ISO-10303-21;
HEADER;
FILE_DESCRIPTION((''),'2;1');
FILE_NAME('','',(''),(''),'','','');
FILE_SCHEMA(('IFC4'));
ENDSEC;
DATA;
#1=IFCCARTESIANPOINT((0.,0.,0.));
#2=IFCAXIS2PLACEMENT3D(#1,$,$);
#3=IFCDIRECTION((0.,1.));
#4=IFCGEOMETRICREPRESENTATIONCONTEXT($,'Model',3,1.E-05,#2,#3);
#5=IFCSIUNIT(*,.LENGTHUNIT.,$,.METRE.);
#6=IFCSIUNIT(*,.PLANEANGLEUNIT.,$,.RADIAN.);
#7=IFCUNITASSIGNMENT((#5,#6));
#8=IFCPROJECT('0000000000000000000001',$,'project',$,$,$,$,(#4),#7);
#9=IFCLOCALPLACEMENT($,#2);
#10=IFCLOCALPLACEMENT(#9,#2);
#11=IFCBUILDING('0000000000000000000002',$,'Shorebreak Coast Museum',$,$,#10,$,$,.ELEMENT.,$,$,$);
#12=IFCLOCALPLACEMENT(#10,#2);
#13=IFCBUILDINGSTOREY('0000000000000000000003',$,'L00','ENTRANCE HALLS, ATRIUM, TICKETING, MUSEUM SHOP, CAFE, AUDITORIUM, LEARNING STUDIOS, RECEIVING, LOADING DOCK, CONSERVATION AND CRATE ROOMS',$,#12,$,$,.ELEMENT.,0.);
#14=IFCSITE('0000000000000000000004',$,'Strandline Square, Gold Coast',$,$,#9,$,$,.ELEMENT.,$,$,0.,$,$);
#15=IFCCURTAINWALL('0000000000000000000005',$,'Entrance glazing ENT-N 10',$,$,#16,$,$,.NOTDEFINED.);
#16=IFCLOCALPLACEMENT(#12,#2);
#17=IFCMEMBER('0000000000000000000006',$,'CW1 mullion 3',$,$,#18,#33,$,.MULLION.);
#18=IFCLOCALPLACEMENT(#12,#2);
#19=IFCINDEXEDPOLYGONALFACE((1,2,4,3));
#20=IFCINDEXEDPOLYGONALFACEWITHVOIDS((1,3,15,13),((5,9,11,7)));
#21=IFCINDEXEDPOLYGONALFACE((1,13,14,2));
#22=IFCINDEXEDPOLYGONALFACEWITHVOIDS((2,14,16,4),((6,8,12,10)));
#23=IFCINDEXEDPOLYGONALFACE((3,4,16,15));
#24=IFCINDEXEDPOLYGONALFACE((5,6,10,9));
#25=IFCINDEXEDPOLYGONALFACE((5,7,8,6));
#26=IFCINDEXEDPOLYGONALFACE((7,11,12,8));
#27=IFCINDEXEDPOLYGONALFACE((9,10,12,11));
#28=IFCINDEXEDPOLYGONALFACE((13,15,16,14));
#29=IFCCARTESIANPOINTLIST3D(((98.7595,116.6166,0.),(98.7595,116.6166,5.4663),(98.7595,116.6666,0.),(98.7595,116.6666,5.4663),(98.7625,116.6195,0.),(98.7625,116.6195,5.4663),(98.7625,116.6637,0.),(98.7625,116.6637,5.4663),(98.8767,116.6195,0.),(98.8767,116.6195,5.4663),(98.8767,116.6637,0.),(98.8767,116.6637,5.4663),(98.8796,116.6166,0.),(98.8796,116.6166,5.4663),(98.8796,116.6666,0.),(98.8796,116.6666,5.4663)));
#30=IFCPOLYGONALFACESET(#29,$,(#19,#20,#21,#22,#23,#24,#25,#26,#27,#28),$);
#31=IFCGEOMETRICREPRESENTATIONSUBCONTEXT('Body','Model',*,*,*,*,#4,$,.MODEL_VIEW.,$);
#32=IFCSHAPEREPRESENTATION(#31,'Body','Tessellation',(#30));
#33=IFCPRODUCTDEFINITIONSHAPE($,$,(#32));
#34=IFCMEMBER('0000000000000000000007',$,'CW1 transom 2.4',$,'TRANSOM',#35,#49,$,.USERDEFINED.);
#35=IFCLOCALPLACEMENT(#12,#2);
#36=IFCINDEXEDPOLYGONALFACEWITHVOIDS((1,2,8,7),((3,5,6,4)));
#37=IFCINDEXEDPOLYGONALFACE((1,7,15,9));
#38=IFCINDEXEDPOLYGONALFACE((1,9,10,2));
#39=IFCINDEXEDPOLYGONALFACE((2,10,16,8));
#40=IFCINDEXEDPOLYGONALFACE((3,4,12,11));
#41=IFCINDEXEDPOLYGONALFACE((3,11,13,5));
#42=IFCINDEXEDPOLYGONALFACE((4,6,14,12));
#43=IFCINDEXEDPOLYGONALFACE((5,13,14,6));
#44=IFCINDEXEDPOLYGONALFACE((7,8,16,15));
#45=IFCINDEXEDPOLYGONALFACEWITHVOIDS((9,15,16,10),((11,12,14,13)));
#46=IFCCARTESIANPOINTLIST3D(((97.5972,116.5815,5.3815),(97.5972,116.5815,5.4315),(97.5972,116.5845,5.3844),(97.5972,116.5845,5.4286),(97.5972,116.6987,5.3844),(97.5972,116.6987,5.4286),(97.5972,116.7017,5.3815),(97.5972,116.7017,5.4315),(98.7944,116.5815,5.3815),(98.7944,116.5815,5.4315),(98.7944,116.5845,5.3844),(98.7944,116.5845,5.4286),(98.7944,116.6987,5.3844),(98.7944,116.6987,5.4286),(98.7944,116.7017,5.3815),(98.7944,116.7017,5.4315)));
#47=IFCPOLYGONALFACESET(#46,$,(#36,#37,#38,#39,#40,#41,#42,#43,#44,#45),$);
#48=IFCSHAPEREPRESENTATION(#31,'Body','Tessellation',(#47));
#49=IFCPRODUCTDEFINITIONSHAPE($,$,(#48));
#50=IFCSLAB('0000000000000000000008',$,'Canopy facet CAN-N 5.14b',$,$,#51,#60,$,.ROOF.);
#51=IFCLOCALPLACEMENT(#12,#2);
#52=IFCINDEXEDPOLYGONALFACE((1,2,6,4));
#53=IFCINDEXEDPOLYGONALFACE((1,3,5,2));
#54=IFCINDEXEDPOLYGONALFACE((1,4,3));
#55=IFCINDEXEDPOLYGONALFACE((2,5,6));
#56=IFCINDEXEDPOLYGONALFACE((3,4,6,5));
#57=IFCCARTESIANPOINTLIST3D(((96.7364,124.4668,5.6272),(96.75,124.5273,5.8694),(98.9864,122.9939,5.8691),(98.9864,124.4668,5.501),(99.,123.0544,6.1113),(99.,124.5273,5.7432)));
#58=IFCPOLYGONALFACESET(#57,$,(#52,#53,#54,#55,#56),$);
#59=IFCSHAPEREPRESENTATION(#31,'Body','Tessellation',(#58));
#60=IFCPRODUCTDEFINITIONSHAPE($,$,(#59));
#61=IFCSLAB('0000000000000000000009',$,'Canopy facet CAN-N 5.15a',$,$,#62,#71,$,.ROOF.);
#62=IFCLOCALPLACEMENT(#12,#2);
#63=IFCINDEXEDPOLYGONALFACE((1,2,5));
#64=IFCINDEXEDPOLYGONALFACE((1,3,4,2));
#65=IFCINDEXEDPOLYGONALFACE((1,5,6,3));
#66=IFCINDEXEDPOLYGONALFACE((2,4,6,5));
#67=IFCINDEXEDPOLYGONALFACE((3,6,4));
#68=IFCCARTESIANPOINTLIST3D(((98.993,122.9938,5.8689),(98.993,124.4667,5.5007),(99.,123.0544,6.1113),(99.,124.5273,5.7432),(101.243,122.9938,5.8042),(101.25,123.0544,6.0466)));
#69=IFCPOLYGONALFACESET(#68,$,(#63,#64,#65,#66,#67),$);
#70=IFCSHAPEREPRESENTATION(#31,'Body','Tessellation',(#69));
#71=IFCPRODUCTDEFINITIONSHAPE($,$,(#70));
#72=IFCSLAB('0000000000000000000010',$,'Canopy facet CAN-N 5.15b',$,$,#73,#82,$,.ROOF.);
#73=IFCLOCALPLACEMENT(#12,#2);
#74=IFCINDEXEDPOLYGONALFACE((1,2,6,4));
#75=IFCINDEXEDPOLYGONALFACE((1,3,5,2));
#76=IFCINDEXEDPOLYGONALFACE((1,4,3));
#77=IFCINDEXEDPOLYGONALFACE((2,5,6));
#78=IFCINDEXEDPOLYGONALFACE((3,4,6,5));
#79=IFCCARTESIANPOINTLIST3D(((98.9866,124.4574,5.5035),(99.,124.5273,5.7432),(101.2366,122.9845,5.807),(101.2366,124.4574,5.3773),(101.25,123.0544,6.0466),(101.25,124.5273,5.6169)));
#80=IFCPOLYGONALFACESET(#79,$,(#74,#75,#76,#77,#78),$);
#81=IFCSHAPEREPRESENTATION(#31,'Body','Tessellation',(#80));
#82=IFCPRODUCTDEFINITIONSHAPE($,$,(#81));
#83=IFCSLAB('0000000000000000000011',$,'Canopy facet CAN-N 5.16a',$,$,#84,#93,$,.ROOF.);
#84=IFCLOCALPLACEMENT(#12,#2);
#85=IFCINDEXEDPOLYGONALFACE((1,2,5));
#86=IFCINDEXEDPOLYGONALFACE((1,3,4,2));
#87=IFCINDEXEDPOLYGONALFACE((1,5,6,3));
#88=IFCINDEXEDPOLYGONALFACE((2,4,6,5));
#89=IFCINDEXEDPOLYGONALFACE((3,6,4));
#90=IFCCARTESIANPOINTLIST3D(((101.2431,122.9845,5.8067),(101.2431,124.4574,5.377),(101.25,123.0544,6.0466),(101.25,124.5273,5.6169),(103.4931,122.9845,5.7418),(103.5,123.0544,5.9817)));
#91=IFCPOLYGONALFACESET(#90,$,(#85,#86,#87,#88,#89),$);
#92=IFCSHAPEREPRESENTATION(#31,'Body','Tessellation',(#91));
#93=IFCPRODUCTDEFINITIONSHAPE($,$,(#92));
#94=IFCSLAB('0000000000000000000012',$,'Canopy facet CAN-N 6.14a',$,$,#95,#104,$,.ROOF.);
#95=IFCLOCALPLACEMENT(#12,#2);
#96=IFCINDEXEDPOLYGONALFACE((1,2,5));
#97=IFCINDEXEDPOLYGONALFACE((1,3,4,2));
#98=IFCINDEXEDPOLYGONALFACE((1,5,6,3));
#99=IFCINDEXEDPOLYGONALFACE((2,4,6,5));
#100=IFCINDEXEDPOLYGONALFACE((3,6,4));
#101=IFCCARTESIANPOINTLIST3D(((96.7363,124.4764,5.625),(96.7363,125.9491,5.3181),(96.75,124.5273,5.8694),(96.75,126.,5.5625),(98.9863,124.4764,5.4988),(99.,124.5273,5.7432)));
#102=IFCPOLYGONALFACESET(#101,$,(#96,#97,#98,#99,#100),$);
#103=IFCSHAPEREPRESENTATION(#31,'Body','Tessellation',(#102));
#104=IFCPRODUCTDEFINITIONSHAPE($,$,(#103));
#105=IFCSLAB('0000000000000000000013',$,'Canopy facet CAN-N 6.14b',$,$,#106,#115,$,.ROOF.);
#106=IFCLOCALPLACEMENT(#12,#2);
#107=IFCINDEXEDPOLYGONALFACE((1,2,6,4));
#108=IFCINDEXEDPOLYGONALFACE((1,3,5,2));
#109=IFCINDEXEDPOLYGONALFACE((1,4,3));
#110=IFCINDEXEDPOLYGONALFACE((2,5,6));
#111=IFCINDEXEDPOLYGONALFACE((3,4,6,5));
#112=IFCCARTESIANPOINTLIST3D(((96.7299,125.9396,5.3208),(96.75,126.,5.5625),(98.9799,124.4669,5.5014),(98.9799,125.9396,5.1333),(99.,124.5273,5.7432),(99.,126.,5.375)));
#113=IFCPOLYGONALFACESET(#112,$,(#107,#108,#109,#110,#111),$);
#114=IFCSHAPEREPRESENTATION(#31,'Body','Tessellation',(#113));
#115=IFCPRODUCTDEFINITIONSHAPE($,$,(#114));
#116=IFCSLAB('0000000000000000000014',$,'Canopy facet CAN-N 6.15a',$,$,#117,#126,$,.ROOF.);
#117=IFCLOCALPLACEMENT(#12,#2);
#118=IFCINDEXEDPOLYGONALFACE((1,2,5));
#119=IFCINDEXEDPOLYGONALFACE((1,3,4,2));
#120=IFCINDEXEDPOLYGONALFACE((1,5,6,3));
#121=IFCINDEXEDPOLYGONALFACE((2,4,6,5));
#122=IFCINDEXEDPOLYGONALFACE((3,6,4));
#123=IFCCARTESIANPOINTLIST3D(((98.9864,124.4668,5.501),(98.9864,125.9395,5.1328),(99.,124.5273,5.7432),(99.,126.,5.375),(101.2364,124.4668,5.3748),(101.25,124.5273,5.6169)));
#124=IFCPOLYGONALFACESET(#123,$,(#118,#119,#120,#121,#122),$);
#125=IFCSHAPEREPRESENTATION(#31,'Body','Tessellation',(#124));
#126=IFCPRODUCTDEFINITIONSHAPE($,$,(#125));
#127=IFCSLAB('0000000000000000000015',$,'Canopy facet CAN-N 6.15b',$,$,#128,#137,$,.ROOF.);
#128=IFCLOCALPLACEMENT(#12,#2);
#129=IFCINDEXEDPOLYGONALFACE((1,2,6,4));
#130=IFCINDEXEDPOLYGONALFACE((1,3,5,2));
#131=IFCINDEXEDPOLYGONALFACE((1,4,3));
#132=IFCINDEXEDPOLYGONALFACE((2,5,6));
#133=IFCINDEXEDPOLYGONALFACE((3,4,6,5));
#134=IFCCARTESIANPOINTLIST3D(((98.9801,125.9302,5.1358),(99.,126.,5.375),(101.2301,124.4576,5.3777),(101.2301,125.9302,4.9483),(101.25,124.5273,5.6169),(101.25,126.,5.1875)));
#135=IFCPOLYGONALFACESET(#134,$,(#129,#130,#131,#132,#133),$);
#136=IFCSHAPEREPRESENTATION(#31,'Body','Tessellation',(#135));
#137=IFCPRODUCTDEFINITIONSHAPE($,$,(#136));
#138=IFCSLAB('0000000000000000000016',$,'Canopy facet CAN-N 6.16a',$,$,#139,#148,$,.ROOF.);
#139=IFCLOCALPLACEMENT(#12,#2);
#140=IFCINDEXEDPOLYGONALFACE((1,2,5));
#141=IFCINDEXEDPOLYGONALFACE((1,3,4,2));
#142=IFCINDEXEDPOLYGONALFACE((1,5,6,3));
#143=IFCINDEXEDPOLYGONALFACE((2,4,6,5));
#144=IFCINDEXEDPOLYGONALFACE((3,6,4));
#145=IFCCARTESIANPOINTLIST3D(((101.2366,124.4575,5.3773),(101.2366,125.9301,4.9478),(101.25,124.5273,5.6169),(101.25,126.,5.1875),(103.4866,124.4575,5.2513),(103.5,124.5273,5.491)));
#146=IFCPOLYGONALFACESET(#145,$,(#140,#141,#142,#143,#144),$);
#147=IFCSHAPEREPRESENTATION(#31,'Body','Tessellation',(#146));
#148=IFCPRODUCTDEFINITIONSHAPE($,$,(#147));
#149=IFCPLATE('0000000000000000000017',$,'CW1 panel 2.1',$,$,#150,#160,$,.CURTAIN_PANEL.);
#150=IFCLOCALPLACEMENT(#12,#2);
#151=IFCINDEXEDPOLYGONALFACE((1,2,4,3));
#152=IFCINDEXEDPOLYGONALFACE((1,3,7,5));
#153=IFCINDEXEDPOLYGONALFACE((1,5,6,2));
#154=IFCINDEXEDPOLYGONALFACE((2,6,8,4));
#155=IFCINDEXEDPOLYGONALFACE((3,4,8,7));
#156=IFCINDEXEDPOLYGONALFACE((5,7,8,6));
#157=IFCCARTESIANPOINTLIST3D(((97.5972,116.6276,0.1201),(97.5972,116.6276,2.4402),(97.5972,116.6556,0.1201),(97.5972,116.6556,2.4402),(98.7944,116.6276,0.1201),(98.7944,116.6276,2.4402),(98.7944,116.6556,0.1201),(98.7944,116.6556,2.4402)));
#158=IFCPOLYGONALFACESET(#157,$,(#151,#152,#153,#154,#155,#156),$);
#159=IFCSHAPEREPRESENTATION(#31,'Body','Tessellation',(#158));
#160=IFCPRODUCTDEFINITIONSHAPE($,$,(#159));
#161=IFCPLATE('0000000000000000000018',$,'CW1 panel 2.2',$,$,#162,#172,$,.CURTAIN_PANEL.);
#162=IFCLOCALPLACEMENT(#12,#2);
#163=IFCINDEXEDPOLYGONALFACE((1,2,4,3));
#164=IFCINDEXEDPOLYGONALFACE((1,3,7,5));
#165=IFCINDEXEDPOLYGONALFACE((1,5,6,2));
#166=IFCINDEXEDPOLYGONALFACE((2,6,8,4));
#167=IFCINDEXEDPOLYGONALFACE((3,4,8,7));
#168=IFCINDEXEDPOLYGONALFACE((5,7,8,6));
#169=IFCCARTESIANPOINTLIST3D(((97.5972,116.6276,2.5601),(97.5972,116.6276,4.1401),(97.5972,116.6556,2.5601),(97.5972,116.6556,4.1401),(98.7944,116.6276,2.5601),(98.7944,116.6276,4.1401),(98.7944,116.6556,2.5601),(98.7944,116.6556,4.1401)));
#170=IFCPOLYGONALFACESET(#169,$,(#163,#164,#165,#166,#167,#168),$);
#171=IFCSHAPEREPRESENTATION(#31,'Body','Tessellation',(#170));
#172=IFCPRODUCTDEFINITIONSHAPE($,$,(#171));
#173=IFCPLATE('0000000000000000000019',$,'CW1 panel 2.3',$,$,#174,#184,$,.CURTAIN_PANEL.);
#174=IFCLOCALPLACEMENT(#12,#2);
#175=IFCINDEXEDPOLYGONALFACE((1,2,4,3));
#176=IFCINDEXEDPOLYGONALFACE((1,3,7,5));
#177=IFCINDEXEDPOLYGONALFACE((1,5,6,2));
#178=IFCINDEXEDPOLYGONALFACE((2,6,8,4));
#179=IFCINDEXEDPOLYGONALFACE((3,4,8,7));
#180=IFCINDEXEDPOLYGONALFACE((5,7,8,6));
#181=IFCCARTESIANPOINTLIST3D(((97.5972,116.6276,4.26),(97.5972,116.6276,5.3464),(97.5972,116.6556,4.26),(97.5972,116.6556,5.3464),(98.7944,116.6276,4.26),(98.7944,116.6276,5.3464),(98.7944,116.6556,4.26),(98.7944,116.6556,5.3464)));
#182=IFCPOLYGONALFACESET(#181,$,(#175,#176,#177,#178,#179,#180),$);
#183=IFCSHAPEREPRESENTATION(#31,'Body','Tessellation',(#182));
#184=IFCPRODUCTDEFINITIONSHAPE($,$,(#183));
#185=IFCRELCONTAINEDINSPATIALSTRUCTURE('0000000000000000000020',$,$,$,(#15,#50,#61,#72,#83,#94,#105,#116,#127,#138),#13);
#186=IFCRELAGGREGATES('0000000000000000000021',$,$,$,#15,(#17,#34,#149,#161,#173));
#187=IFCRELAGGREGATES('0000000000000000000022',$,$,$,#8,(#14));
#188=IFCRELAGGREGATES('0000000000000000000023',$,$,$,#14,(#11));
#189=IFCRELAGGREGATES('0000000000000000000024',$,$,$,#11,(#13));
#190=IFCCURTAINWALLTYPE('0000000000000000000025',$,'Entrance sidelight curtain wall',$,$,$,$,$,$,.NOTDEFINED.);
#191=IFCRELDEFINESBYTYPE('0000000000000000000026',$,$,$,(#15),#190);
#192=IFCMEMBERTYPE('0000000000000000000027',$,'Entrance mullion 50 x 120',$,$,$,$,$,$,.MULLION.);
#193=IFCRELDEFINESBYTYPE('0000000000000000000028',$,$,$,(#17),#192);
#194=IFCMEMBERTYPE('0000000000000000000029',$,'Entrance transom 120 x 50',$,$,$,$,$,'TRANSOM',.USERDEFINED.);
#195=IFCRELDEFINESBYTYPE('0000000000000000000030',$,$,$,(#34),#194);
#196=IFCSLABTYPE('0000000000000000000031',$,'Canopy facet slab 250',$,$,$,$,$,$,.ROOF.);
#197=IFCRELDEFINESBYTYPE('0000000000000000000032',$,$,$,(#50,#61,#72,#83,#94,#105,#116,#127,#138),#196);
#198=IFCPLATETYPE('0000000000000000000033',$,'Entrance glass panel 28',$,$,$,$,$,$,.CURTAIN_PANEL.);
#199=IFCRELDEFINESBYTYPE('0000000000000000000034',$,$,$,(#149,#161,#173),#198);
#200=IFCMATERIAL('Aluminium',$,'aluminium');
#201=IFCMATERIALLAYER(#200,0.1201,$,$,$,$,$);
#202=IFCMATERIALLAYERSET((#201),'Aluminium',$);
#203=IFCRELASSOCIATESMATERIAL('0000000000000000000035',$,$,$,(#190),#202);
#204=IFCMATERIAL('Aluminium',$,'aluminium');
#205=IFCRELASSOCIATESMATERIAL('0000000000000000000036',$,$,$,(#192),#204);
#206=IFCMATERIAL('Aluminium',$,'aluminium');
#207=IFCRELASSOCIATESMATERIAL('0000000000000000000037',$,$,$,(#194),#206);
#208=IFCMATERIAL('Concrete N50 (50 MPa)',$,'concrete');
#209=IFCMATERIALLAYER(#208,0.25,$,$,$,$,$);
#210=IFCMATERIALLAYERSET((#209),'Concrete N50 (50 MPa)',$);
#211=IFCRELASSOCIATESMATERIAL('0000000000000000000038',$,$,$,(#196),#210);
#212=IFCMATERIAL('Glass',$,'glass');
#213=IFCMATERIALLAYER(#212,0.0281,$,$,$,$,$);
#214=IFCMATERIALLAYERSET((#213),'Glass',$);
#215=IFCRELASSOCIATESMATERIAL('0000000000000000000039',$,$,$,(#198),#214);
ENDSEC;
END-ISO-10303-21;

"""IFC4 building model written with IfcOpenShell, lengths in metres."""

from ifc_helpers import new_model, si_unit, direction, frame, origin, origin_2d, place, context, subcontext, project, spatial, polyline, rectangle, hollow_rectangle, outline, extrude, material, layer, layer_set, material_profile, profile_set, type_object, element, aggregate, save


model = new_model("IFC4")

# Units and contexts
model_context = context("Model", 3, precision=1e-05, world=origin(), true_north=direction((0.0, 1.0)))
body_context = subcontext(model_context, "Body", "Model", "MODEL_VIEW")
ifc_project = project(units=[si_unit("LENGTHUNIT", "METRE"), si_unit("PLANEANGLEUNIT", "RADIAN")], contexts=[model_context])

# Site, building, storey
site_placement = place(None, origin())
site = spatial("IfcSite", under=ifc_project, at=site_placement, Name="Strandline Square, Gold Coast", CompositionType="ELEMENT", RefElevation=0.0)
building_placement = place(site_placement, origin())
building = spatial("IfcBuilding", under=site, at=building_placement, Name="Shorebreak Coast Museum", CompositionType="ELEMENT")
storey_placement = place(building_placement, origin())
storey = spatial("IfcBuildingStorey", under=building, at=storey_placement, Name="L00", Description="ENTRANCE HALLS, ATRIUM, TICKETING, MUSEUM SHOP, CAFE, AUDITORIUM, LEARNING STUDIOS, RECEIVING, LOADING DOCK, CONSERVATION AND CRATE ROOMS", CompositionType="ELEMENT", Elevation=0.0)

# Curtain wall, members
ifc_material_1 = material(Name="Aluminium", Category="aluminium")
ifc_layer_1 = layer(ifc_material_1, 0.1201)
ifc_layer_set_1 = layer_set([ifc_layer_1], Name="Aluminium")
curtain_wall_type = type_object("IfcCurtainWallType", Name="Entrance sidelight curtain wall", PredefinedType="NOTDEFINED", material=ifc_layer_set_1)
curtain_wall_placement = place(storey_placement, origin())
curtain_wall = element("IfcCurtainWall", 1, at=curtain_wall_placement, inside=storey, type_object=curtain_wall_type, Name="Entrance glazing ENT-N 10", PredefinedType="NOTDEFINED")
ifc_material_2 = material(Name="Aluminium", Category="aluminium")
ifc_material_profile_1 = material_profile(ifc_material_2, hollow_rectangle(XDim=0.05, YDim=0.1201, WallThickness=0.0029, at=origin_2d()), Name="AL 120x50 RHS")
ifc_profile_set_1 = profile_set([ifc_material_profile_1], Name="Aluminium")
member_type_1 = type_object("IfcMemberType", Name="Entrance mullion 50 x 120", PredefinedType="MULLION", material=ifc_profile_set_1)
member_1_placement = place(storey_placement, frame((98.8196, 116.6416, 0.0), z_axis=(0.0, 0.0, 1.0), x_axis=(0.0, 1.0, 0.0)))
member_1 = element("IfcMember", 2, at=member_1_placement, type_object=member_type_1, Name="CW1 mullion 3", PredefinedType="MULLION", context=body_context, shape_type="SweptSolid", body=[
    extrude(hollow_rectangle(XDim=0.05, YDim=0.1201, WallThickness=0.0029, at=origin_2d()), origin(), (0.0, 0.0, 1.0), 5.4663),
])
ifc_material_3 = material(Name="Aluminium", Category="aluminium")
ifc_material_profile_2 = material_profile(ifc_material_3, hollow_rectangle(XDim=0.1201, YDim=0.05, WallThickness=0.0029, at=origin_2d()), Name="AL 50x120 RHS")
ifc_profile_set_2 = profile_set([ifc_material_profile_2], Name="Aluminium")
member_type_2 = type_object("IfcMemberType", Name="Entrance transom 120 x 50", ElementType="TRANSOM", PredefinedType="USERDEFINED", material=ifc_profile_set_2)
member_2_placement = place(storey_placement, frame((97.5972, 116.6416, 5.4065), z_axis=(1.0, 0.0, 0.0), x_axis=(0.0, 1.0, 0.0)))
member_2 = element("IfcMember", 3, at=member_2_placement, type_object=member_type_2, Name="CW1 transom 2.4", ObjectType="TRANSOM", PredefinedType="USERDEFINED", context=body_context, shape_type="SweptSolid", body=[
    extrude(hollow_rectangle(XDim=0.1201, YDim=0.05, WallThickness=0.0029, at=origin_2d()), origin(), (0.0, 0.0, 1.0), 1.1973),
])

# Slabs
ifc_material_4 = material(Name="Concrete N50 (50 MPa)", Category="concrete")
ifc_layer_2 = layer(ifc_material_4, 0.25)
ifc_layer_set_2 = layer_set([ifc_layer_2], Name="Concrete N50 (50 MPa)")
slab_type = type_object("IfcSlabType", Name="Canopy facet slab 250", PredefinedType="ROOF", material=ifc_layer_set_2)
slab_1_placement = place(storey_placement, frame((99.0, 123.0544, 6.1113), z_axis=(0.054343, 0.242139, 0.968718), x_axis=(0.0, 0.970152, -0.242498)))
element("IfcSlab", 4, at=slab_1_placement, inside=storey, type_object=slab_type, Name="Canopy facet CAN-N 5.14b", PredefinedType="ROOF", context=body_context, shape_type="SweptSolid", body=[
    extrude(outline(polyline([(0.0, 0.0), (1.5182, 0.0), (1.4876, 2.2533), (0.0, 0.0)])), origin(), (0.0, 0.0, -1.0), 0.25),
])
slab_2_placement = place(storey_placement, frame((99.0, 123.0544, 6.1113), z_axis=(0.027885, 0.242403, 0.969775), x_axis=(0.999587, 0.0, -0.028742)))
element("IfcSlab", 5, at=slab_2_placement, inside=storey, type_object=slab_type, Name="Canopy facet CAN-N 5.15a", PredefinedType="ROOF", context=body_context, shape_type="SweptSolid", body=[
    extrude(outline(polyline([(0.0, 0.0), (2.2509, 0.0), (0.0106, 1.5182), (0.0, 0.0)])), origin(), (0.0, 0.0, -1.0), 0.25),
])
slab_3_placement = place(storey_placement, frame((101.25, 123.0544, 6.0466), z_axis=(0.053775, 0.27965, 0.958595), x_axis=(0.0, 0.959984, -0.280055)))
element("IfcSlab", 6, at=slab_3_placement, inside=storey, type_object=slab_type, Name="Canopy facet CAN-N 5.15b", PredefinedType="ROOF", context=body_context, shape_type="SweptSolid", body=[
    extrude(outline(polyline([(0.0, 0.0), (1.5343, 0.0), (1.4989, 2.2533), (0.0, 0.0)])), origin(), (0.0, 0.0, -1.0), 0.25),
])
slab_4_placement = place(storey_placement, frame((101.25, 123.0544, 6.0466), z_axis=(0.027697, 0.279948, 0.959616), x_axis=(0.999584, 0.0, -0.028851)))
element("IfcSlab", 7, at=slab_4_placement, inside=storey, type_object=slab_type, Name="Canopy facet CAN-N 5.16a", PredefinedType="ROOF", context=body_context, shape_type="SweptSolid", body=[
    extrude(outline(polyline([(0.0, 0.0), (2.2509, 0.0), (0.0124, 1.5342), (0.0, 0.0)])), origin(), (0.0, 0.0, -1.0), 0.25),
])
slab_5_placement = place(storey_placement, frame((96.75, 124.5273, 5.8694), z_axis=(0.054836, 0.203699, 0.977497), x_axis=(0.99843, 0.0, -0.05601)))
element("IfcSlab", 8, at=slab_5_placement, inside=storey, type_object=slab_type, Name="Canopy facet CAN-N 6.14a", PredefinedType="ROOF", context=body_context, shape_type="SweptSolid", body=[
    extrude(outline(polyline([(0.0, 0.0), (2.2535, 0.0), (0.0172, 1.5042), (0.0, 0.0)])), origin(), (0.0, 0.0, -1.0), 0.25),
])
slab_6_placement = place(storey_placement, frame((99.0, 124.5273, 5.7432), z_axis=(0.080582, 0.241747, 0.966988), x_axis=(0.0, 0.970143, -0.242536)))
element("IfcSlab", 9, at=slab_6_placement, inside=storey, type_object=slab_type, Name="Canopy facet CAN-N 6.14b", PredefinedType="ROOF", context=body_context, shape_type="SweptSolid", body=[
    extrude(outline(polyline([(0.0, 0.0), (1.518, 0.0), (1.4725, 2.2573), (0.0, 0.0)])), origin(), (0.0, 0.0, -1.0), 0.25),
])
slab_7_placement = place(storey_placement, frame((99.0, 124.5273, 5.7432), z_axis=(0.054343, 0.242177, 0.968709), x_axis=(0.99843, 0.0, -0.05601)))
element("IfcSlab", 10, at=slab_7_placement, inside=storey, type_object=slab_type, Name="Canopy facet CAN-N 6.15a", PredefinedType="ROOF", context=body_context, shape_type="SweptSolid", body=[
    extrude(outline(polyline([(0.0, 0.0), (2.2535, 0.0), (0.0206, 1.5178), (0.0, 0.0)])), origin(), (0.0, 0.0, -1.0), 0.25),
])
slab_8_placement = place(storey_placement, frame((101.25, 124.5273, 5.6169), z_axis=(0.079746, 0.27906, 0.956957), x_axis=(0.0, 0.960014, -0.279951)))
element("IfcSlab", 11, at=slab_8_placement, inside=storey, type_object=slab_type, Name="Canopy facet CAN-N 6.15b", PredefinedType="ROOF", context=body_context, shape_type="SweptSolid", body=[
    extrude(outline(polyline([(0.0, 0.0), (1.534, 0.0), (1.4815, 2.2572), (0.0, 0.0)])), origin(), (0.0, 0.0, -1.0), 0.25),
])
slab_9_placement = place(storey_placement, frame((101.25, 124.5273, 5.6169), z_axis=(0.053673, 0.279548, 0.95863), x_axis=(0.998436, 0.0, -0.055902)))
element("IfcSlab", 12, at=slab_9_placement, inside=storey, type_object=slab_type, Name="Canopy facet CAN-N 6.16a", PredefinedType="ROOF", context=body_context, shape_type="SweptSolid", body=[
    extrude(outline(polyline([(0.0, 0.0), (2.2535, 0.0), (0.024, 1.5338), (0.0, 0.0)])), origin(), (0.0, 0.0, -1.0), 0.25),
])

# Plates
ifc_material_5 = material(Name="Glass", Category="glass")
ifc_layer_3 = layer(ifc_material_5, 0.0281)
ifc_layer_set_3 = layer_set([ifc_layer_3], Name="Glass")
plate_type = type_object("IfcPlateType", Name="Entrance glass panel 28", PredefinedType="CURTAIN_PANEL", material=ifc_layer_set_3)
plate_1_placement = place(storey_placement, frame((98.1958, 116.6416, 0.1201), z_axis=(0.0, 0.0, 1.0), x_axis=(1.0, 0.0, 0.0)))
plate_1 = element("IfcPlate", 13, at=plate_1_placement, type_object=plate_type, Name="CW1 panel 2.1", PredefinedType="CURTAIN_PANEL", context=body_context, shape_type="SweptSolid", body=[
    extrude(rectangle(XDim=1.1973, YDim=0.0281, at=origin_2d()), origin(), (0.0, 0.0, 1.0), 2.3201),
])
plate_2_placement = place(storey_placement, frame((98.1958, 116.6416, 2.5601), z_axis=(0.0, 0.0, 1.0), x_axis=(1.0, 0.0, 0.0)))
plate_2 = element("IfcPlate", 14, at=plate_2_placement, type_object=plate_type, Name="CW1 panel 2.2", PredefinedType="CURTAIN_PANEL", context=body_context, shape_type="SweptSolid", body=[
    extrude(rectangle(XDim=1.1973, YDim=0.0281, at=origin_2d()), origin(), (0.0, 0.0, 1.0), 1.5801),
])
plate_3_placement = place(storey_placement, frame((98.1958, 116.6416, 4.26), z_axis=(0.0, 0.0, 1.0), x_axis=(1.0, 0.0, 0.0)))
plate_3 = element("IfcPlate", 15, at=plate_3_placement, type_object=plate_type, Name="CW1 panel 2.3", PredefinedType="CURTAIN_PANEL", context=body_context, shape_type="SweptSolid", body=[
    extrude(rectangle(XDim=1.1973, YDim=0.0281, at=origin_2d()), origin(), (0.0, 0.0, 1.0), 1.0864),
])
aggregate(curtain_wall, [member_1, member_2, plate_1, plate_2, plate_3])

save(model, "model.ifc")
